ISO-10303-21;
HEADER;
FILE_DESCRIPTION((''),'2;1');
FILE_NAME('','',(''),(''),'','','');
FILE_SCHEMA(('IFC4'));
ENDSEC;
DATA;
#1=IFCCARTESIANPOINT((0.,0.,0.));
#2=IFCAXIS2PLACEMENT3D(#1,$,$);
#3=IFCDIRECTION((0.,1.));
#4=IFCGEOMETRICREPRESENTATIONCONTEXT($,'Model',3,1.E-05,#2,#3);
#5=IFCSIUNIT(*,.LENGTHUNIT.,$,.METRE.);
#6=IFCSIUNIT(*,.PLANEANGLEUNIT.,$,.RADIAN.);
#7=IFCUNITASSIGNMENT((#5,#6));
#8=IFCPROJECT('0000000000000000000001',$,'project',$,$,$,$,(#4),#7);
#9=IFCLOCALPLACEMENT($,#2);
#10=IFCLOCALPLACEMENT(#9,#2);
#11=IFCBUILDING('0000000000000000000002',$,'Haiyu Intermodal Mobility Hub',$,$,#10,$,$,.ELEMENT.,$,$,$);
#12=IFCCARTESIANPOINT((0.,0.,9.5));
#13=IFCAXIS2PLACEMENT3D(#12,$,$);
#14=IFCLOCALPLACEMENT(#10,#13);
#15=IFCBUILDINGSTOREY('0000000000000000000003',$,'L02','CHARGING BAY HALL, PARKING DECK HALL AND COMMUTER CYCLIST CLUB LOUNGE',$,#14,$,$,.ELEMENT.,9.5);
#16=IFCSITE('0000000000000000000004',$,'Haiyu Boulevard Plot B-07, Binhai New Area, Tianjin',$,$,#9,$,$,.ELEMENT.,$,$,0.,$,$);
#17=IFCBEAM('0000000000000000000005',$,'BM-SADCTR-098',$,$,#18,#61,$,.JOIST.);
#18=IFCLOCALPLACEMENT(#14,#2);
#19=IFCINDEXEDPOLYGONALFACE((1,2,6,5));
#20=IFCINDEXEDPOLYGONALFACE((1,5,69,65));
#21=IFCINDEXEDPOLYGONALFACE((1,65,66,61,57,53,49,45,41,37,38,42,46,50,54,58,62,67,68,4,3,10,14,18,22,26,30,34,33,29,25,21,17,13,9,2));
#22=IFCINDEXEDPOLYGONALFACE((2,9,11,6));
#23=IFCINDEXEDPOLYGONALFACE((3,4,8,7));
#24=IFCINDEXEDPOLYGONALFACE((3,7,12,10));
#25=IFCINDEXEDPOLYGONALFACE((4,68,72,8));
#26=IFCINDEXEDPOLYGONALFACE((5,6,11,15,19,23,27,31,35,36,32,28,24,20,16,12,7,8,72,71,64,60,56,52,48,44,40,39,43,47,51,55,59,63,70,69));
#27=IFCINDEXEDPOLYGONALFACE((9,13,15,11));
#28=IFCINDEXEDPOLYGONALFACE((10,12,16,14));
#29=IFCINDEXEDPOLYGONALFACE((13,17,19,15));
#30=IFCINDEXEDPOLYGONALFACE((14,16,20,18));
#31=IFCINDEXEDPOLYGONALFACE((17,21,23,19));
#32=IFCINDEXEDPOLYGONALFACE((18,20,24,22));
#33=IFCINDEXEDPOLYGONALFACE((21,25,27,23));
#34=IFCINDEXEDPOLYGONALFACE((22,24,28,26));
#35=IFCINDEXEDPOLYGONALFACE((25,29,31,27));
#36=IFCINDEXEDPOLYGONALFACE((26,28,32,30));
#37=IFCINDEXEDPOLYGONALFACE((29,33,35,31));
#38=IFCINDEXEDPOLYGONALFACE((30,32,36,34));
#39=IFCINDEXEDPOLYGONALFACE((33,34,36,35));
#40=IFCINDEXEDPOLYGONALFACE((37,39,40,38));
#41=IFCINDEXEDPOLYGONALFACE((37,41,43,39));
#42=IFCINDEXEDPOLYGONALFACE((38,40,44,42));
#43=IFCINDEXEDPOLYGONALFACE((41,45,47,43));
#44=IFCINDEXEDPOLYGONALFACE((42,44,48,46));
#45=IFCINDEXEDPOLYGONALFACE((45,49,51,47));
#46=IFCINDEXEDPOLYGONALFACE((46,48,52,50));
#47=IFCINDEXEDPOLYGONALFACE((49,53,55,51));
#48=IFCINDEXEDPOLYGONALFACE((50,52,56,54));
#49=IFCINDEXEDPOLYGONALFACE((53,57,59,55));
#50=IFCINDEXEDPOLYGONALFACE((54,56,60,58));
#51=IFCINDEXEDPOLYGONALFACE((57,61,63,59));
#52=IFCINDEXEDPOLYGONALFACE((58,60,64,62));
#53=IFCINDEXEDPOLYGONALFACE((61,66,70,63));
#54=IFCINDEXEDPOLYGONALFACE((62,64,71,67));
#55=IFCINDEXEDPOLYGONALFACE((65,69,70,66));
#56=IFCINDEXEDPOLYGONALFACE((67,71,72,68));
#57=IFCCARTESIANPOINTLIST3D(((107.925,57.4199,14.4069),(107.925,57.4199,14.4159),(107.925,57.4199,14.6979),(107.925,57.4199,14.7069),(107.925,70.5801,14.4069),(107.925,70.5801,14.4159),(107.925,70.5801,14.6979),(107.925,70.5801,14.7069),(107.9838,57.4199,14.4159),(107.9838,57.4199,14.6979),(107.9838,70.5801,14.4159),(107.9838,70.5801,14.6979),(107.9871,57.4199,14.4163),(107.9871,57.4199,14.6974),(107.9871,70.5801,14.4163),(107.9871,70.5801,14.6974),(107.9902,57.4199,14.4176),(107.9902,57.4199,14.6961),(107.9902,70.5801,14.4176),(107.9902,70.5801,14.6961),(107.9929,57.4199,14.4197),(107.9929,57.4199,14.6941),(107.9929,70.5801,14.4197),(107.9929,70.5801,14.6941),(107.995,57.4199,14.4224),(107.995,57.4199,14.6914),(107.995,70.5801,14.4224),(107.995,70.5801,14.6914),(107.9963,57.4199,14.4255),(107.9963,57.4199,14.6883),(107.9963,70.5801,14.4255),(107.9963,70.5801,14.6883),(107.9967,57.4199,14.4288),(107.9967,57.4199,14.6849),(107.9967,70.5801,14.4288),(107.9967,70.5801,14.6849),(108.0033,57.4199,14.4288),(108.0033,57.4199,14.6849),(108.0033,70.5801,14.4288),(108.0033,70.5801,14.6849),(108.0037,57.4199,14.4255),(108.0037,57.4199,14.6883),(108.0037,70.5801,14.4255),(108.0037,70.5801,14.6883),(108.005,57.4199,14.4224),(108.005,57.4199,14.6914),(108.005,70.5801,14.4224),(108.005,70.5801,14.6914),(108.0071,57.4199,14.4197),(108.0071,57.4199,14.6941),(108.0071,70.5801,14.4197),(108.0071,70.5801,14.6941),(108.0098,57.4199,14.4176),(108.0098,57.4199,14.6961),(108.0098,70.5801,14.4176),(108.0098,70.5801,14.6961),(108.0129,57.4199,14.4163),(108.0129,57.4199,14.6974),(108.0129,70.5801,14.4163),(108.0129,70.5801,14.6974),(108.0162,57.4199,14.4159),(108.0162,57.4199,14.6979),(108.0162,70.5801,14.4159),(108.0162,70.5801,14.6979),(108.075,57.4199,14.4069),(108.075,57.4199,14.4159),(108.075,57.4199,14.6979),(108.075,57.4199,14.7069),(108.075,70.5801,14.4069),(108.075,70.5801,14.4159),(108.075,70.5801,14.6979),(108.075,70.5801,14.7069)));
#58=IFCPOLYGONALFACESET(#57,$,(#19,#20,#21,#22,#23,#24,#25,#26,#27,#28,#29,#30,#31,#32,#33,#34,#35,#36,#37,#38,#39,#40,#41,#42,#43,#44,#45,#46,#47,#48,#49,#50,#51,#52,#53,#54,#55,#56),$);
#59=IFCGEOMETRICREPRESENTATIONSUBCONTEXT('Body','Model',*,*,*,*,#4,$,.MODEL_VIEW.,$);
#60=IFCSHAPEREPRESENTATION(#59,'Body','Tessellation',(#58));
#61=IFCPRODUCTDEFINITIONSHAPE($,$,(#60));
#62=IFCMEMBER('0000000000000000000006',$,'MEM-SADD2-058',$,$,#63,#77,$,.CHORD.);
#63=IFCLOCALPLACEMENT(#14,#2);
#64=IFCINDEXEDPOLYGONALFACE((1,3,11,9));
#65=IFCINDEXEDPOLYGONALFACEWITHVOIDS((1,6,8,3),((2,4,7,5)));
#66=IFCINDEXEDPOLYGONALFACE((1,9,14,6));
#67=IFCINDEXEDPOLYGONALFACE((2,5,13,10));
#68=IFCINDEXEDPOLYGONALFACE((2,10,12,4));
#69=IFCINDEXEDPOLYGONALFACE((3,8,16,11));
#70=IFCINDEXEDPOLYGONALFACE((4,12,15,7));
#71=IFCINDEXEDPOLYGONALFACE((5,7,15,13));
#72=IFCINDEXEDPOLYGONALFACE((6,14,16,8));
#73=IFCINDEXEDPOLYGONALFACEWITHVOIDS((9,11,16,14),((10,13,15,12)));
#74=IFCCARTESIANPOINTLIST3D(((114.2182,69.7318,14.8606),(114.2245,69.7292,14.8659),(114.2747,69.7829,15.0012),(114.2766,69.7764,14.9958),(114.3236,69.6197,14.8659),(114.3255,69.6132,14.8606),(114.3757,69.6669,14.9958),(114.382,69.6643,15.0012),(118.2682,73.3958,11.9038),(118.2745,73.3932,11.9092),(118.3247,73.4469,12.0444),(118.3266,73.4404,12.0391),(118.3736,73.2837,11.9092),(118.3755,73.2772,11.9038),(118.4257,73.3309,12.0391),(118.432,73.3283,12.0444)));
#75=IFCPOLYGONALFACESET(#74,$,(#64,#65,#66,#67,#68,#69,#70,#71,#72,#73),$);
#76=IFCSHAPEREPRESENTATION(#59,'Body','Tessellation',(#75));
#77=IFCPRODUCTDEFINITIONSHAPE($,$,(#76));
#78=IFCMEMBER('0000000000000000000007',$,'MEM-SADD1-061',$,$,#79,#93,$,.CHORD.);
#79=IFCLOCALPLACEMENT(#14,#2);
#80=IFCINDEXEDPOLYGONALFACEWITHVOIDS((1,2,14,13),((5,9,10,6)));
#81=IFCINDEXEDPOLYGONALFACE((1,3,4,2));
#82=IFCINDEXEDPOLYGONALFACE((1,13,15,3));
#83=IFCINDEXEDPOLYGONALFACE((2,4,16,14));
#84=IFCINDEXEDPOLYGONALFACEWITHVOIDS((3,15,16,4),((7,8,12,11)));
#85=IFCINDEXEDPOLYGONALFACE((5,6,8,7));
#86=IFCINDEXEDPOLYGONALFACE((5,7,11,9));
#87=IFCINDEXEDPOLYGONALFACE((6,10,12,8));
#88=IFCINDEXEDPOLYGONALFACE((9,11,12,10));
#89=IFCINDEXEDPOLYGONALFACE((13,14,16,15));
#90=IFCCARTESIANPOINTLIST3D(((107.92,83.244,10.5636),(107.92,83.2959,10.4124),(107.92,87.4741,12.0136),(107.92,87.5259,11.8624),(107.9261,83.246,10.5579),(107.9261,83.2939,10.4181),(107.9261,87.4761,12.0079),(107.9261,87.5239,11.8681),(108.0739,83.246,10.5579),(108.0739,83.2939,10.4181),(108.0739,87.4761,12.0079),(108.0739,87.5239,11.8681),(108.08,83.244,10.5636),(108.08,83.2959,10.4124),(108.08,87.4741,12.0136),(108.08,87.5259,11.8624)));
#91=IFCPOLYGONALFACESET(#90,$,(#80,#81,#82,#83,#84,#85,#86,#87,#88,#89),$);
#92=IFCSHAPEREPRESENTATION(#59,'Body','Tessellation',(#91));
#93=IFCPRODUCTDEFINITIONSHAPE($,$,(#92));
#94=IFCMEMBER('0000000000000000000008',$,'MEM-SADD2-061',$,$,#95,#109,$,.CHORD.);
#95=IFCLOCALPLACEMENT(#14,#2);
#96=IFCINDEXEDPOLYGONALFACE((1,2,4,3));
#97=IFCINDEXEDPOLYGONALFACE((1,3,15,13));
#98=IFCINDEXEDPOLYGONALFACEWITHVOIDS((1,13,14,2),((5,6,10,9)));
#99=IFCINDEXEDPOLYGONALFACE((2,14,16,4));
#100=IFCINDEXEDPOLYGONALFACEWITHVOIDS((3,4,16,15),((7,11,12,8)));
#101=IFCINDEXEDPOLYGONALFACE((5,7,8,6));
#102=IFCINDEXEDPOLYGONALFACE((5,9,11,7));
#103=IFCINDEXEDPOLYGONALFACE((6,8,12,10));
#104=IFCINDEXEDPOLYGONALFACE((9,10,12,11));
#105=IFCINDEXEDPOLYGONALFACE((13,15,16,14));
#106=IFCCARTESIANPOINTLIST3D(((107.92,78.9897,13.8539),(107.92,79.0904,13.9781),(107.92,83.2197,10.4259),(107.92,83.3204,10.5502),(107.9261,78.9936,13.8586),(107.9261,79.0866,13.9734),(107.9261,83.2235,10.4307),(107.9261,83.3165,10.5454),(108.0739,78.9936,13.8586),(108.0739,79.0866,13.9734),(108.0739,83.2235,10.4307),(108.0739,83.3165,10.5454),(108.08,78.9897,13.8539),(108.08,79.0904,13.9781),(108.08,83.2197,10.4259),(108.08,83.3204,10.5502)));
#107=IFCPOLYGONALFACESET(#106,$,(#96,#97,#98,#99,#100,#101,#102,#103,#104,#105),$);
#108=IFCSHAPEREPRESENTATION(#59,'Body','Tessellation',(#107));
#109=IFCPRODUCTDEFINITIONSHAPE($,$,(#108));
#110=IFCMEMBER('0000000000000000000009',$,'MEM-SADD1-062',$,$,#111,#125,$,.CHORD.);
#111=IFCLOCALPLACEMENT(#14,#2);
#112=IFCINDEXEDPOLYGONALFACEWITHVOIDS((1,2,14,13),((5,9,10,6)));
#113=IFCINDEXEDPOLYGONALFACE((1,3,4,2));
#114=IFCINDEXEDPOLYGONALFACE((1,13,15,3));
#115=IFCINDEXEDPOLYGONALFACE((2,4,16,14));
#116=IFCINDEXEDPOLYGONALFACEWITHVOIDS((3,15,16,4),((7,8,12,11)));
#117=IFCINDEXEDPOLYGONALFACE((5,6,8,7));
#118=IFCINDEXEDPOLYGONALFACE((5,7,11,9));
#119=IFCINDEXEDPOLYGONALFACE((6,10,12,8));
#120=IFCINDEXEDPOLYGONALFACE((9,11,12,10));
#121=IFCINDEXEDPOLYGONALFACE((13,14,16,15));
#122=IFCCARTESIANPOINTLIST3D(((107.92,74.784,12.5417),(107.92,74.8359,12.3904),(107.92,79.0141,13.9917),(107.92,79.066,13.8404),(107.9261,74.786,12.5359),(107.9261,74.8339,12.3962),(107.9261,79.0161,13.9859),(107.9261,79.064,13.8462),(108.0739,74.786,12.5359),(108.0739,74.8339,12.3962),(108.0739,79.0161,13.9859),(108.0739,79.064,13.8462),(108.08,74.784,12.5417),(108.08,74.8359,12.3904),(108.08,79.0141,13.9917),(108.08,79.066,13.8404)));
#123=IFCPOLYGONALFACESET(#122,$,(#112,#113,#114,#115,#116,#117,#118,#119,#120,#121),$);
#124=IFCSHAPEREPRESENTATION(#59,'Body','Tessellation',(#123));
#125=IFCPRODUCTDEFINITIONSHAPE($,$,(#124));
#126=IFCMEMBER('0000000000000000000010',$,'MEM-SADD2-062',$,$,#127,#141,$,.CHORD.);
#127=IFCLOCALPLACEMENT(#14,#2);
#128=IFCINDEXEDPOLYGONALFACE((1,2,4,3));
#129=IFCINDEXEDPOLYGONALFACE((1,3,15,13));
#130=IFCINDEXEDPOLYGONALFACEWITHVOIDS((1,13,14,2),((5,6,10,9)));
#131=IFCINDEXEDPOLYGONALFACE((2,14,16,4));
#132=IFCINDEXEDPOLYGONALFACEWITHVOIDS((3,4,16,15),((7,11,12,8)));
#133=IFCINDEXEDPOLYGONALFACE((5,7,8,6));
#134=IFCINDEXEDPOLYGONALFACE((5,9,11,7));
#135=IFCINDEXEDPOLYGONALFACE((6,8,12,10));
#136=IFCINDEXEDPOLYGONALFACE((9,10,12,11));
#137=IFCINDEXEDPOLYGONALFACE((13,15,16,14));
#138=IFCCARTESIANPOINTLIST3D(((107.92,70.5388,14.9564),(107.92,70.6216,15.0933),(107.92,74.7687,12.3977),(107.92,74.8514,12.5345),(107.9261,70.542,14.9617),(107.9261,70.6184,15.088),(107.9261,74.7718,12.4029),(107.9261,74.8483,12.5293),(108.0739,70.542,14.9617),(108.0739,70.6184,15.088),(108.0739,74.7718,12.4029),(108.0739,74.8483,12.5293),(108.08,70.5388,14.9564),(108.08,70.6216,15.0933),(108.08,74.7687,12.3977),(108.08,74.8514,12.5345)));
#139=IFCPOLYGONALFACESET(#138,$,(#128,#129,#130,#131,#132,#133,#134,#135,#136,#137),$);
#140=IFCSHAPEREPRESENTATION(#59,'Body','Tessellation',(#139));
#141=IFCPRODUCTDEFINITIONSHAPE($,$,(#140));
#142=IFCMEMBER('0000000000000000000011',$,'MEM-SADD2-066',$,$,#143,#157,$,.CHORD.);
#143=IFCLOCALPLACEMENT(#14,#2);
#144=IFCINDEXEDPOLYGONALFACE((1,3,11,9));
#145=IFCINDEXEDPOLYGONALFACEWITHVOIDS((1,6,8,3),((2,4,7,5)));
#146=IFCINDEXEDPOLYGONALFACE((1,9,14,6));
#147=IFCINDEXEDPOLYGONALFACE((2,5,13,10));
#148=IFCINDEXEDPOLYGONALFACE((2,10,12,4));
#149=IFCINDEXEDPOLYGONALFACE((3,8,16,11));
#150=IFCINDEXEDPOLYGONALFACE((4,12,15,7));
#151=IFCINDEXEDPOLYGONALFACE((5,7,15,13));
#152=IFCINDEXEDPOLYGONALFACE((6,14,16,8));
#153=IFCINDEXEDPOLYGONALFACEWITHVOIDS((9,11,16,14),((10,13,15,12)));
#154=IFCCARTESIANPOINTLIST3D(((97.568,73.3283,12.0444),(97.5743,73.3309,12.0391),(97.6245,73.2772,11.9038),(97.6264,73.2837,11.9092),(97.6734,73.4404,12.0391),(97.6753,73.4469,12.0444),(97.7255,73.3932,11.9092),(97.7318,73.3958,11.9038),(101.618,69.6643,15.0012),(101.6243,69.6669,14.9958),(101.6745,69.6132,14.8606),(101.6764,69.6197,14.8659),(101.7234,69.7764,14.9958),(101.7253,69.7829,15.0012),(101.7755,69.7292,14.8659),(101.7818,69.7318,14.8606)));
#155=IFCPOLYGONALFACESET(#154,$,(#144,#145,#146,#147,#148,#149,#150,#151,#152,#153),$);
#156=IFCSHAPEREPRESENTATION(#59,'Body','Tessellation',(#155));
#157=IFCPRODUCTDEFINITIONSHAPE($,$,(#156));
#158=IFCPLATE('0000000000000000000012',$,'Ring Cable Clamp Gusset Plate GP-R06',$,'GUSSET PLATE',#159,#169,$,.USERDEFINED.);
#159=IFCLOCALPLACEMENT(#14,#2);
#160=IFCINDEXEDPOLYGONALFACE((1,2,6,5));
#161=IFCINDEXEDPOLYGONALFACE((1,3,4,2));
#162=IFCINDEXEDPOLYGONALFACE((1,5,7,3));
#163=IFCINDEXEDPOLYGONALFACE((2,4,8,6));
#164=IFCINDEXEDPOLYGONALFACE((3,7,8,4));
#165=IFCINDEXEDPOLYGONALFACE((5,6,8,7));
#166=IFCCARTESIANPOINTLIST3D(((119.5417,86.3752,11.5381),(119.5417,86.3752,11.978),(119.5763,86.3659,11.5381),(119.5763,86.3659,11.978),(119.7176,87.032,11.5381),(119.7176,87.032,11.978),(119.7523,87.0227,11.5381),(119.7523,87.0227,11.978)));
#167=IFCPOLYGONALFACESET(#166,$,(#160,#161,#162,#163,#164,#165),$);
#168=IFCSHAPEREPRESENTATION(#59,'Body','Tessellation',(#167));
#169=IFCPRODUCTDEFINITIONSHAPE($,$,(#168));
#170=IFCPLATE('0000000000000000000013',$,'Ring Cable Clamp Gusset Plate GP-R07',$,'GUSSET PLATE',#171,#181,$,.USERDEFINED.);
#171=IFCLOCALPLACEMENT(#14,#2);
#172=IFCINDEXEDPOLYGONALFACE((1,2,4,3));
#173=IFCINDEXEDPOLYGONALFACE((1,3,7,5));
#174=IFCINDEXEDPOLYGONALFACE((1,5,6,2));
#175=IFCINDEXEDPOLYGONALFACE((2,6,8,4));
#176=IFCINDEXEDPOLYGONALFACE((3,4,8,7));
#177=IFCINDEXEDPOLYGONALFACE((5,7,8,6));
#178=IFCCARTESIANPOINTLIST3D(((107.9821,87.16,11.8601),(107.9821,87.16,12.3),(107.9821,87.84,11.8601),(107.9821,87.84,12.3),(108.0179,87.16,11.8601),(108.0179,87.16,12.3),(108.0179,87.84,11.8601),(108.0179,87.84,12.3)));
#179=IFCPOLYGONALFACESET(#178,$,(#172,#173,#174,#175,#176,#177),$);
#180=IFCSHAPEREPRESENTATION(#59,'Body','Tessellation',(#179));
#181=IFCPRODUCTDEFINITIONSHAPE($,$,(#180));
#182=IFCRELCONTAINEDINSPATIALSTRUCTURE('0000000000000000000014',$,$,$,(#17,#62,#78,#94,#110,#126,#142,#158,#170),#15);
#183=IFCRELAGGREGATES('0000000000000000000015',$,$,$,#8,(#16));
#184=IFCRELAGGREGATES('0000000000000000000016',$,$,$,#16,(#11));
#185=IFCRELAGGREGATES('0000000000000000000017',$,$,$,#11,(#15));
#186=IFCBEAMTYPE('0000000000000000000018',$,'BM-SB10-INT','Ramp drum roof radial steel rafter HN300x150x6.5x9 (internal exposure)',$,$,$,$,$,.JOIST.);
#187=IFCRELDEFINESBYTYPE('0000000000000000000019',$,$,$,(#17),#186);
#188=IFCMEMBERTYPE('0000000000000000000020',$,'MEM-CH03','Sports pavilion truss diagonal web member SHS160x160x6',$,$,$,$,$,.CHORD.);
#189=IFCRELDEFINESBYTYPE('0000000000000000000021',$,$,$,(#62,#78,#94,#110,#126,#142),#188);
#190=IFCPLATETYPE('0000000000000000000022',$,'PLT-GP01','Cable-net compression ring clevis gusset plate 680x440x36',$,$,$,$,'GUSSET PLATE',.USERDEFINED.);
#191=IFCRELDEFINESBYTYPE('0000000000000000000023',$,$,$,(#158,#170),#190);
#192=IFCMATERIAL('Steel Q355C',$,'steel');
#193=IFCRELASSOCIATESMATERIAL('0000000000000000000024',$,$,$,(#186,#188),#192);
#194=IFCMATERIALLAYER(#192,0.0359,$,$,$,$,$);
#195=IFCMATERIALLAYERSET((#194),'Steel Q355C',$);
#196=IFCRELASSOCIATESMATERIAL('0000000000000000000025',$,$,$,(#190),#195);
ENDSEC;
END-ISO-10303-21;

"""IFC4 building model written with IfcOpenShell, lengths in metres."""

from ifc_helpers import new_model, si_unit, direction, frame, origin, origin_2d, place, context, subcontext, project, spatial, rectangle, hollow_rectangle, i_section, extrude, material, layer, layer_set, material_profile, profile_set, type_object, element, save


model = new_model("IFC4")

# Units and contexts
model_context = context("Model", 3, precision=1e-05, world=origin(), true_north=direction((0.0, 1.0)))
body_context = subcontext(model_context, "Body", "Model", "MODEL_VIEW")
ifc_project = project(units=[si_unit("LENGTHUNIT", "METRE"), si_unit("PLANEANGLEUNIT", "RADIAN")], contexts=[model_context])

# Site, building, storey
site_placement = place(None, origin())
site = spatial("IfcSite", under=ifc_project, at=site_placement, Name="Haiyu Boulevard Plot B-07, Binhai New Area, Tianjin", CompositionType="ELEMENT", RefElevation=0.0)
building_placement = place(site_placement, origin())
building = spatial("IfcBuilding", under=site, at=building_placement, Name="Haiyu Intermodal Mobility Hub", CompositionType="ELEMENT")
storey_placement = place(building_placement, frame((0.0, 0.0, 9.5)))
storey = spatial("IfcBuildingStorey", under=building, at=storey_placement, Name="L02", Description="CHARGING BAY HALL, PARKING DECK HALL AND COMMUTER CYCLIST CLUB LOUNGE", CompositionType="ELEMENT", Elevation=9.5)

# Beam
ifc_material = material(Name="Steel Q355C", Category="steel")
ifc_material_profile_1 = material_profile(ifc_material, i_section(OverallWidth=0.1499, OverallDepth=0.3, WebThickness=0.0066, FlangeThickness=0.009, FilletRadius=0.0129, at=origin_2d()), Name="HN300x150x6.5x9")
ifc_profile_set_1 = profile_set([ifc_material_profile_1], Name="Steel Q355C")
beam_type_1 = type_object("IfcBeamType", Name="BM-SB10-INT", Description="Ramp drum roof radial steel rafter HN300x150x6.5x9 (internal exposure)", PredefinedType="JOIST", material=ifc_profile_set_1)
beam_1_placement = place(storey_placement, frame((108.0, 70.5801, 14.5569), z_axis=(0.0, -1.0, 0.0), x_axis=(1.0, 0.0, 0.0)))
element("IfcBeam", 1, at=beam_1_placement, inside=storey, type_object=beam_type_1, Name="BM-SADCTR-098", PredefinedType="JOIST", context=body_context, shape_type="SweptSolid", body=[
    extrude(i_section(OverallWidth=0.1499, OverallDepth=0.3, WebThickness=0.0066, FlangeThickness=0.009, FilletRadius=0.0129, at=origin_2d()), origin(), (0.0, 0.0, 1.0), 13.1602),
])

# Members
ifc_material_profile_2 = material_profile(ifc_material, hollow_rectangle(XDim=0.1599, YDim=0.1599, WallThickness=0.0061, at=origin_2d()), Name="SHS160x160x6")
ifc_profile_set_2 = profile_set([ifc_material_profile_2], Name="Steel Q355C")
member_type = type_object("IfcMemberType", Name="MEM-CH03", Description="Sports pavilion truss diagonal web member SHS160x160x6", PredefinedType="CHORD", material=ifc_profile_set_2)
member_1_placement = place(storey_placement, frame((118.3501, 73.3621, 11.9741), z_axis=(-0.652125, -0.589975, 0.476092), x_axis=(0.670886, -0.74156, 0.0)))
element("IfcMember", 2, at=member_1_placement, inside=storey, type_object=member_type, Name="MEM-SADD2-058", PredefinedType="CHORD", context=body_context, shape_type="SweptSolid", body=[
    extrude(hollow_rectangle(XDim=0.1599, YDim=0.1599, WallThickness=0.0061, at=origin_2d()), origin(), (0.0, 0.0, 1.0), 6.2104),
])
member_2_placement = place(storey_placement, frame((108.0, 87.5, 11.938), z_axis=(0.0, -0.945968, -0.324259), x_axis=(1.0, 0.0, 0.0)))
element("IfcMember", 3, at=member_2_placement, inside=storey, type_object=member_type, Name="MEM-SADD1-061", PredefinedType="CHORD", context=body_context, shape_type="SweptSolid", body=[
    extrude(hollow_rectangle(XDim=0.1599, YDim=0.1599, WallThickness=0.0061, at=origin_2d()), origin(), (0.0, 0.0, 1.0), 4.4717),
])
member_3_placement = place(storey_placement, frame((108.0, 83.27, 10.488), z_axis=(0.0, -0.776912, 0.62961), x_axis=(1.0, 0.0, 0.0)))
element("IfcMember", 4, at=member_3_placement, inside=storey, type_object=member_type, Name="MEM-SADD2-061", PredefinedType="CHORD", context=body_context, shape_type="SweptSolid", body=[
    extrude(hollow_rectangle(XDim=0.1599, YDim=0.1599, WallThickness=0.0061, at=origin_2d()), origin(), (0.0, 0.0, 1.0), 5.4446),
])
member_4_placement = place(storey_placement, frame((108.0, 79.04, 13.916), z_axis=(0.0, -0.945968, -0.324259), x_axis=(1.0, 0.0, 0.0)))
element("IfcMember", 5, at=member_4_placement, inside=storey, type_object=member_type, Name="MEM-SADD1-062", PredefinedType="CHORD", context=body_context, shape_type="SweptSolid", body=[
    extrude(hollow_rectangle(XDim=0.1599, YDim=0.1599, WallThickness=0.0061, at=origin_2d()), origin(), (0.0, 0.0, 1.0), 4.4717),
])
member_5_placement = place(storey_placement, frame((108.0, 74.8101, 12.4661), z_axis=(0.0, -0.855627, 0.517593), x_axis=(1.0, 0.0, 0.0)))
element("IfcMember", 6, at=member_5_placement, inside=storey, type_object=member_type, Name="MEM-SADD2-062", PredefinedType="CHORD", context=body_context, shape_type="SweptSolid", body=[
    extrude(hollow_rectangle(XDim=0.1599, YDim=0.1599, WallThickness=0.0061, at=origin_2d()), origin(), (0.0, 0.0, 1.0), 4.9436),
])
member_6_placement = place(storey_placement, frame((97.6499, 73.3621, 11.9741), z_axis=(0.652125, -0.589975, 0.476092), x_axis=(0.670886, 0.74156, 0.0)))
element("IfcMember", 7, at=member_6_placement, inside=storey, type_object=member_type, Name="MEM-SADD2-066", PredefinedType="CHORD", context=body_context, shape_type="SweptSolid", body=[
    extrude(hollow_rectangle(XDim=0.1599, YDim=0.1599, WallThickness=0.0061, at=origin_2d()), origin(), (0.0, 0.0, 1.0), 6.2104),
])

# Plates
ifc_layer = layer(ifc_material, 0.0359)
ifc_layer_set = layer_set([ifc_layer], Name="Steel Q355C")
plate_type = type_object("IfcPlateType", Name="PLT-GP01", Description="Cable-net compression ring clevis gusset plate 680x440x36", ElementType="GUSSET PLATE", PredefinedType="USERDEFINED", material=ifc_layer_set)
for number, where, z_axis, x_axis, name in (
    (8, (119.647, 86.699, 11.5381), (0.0, 0.0, 1.0), (0.258819, 0.965926, 0.0), "Ring Cable Clamp Gusset Plate GP-R06"),
    (9, (108.0, 87.5, 11.8601), (0.0, 0.0, 1.0), (0.0, 1.0, 0.0), "Ring Cable Clamp Gusset Plate GP-R07"),
):
    element("IfcPlate", number, at=place(storey_placement, frame(where, z_axis=z_axis, x_axis=x_axis)), inside=storey, type_object=plate_type, Name=name, ObjectType="GUSSET PLATE", PredefinedType="USERDEFINED", context=body_context, shape_type="SweptSolid", body=[
        extrude(rectangle(XDim=0.6799, YDim=0.0359, at=origin_2d()), origin(), (0.0, 0.0, 1.0), 0.4399),
    ])

save(model, "model.ifc")
